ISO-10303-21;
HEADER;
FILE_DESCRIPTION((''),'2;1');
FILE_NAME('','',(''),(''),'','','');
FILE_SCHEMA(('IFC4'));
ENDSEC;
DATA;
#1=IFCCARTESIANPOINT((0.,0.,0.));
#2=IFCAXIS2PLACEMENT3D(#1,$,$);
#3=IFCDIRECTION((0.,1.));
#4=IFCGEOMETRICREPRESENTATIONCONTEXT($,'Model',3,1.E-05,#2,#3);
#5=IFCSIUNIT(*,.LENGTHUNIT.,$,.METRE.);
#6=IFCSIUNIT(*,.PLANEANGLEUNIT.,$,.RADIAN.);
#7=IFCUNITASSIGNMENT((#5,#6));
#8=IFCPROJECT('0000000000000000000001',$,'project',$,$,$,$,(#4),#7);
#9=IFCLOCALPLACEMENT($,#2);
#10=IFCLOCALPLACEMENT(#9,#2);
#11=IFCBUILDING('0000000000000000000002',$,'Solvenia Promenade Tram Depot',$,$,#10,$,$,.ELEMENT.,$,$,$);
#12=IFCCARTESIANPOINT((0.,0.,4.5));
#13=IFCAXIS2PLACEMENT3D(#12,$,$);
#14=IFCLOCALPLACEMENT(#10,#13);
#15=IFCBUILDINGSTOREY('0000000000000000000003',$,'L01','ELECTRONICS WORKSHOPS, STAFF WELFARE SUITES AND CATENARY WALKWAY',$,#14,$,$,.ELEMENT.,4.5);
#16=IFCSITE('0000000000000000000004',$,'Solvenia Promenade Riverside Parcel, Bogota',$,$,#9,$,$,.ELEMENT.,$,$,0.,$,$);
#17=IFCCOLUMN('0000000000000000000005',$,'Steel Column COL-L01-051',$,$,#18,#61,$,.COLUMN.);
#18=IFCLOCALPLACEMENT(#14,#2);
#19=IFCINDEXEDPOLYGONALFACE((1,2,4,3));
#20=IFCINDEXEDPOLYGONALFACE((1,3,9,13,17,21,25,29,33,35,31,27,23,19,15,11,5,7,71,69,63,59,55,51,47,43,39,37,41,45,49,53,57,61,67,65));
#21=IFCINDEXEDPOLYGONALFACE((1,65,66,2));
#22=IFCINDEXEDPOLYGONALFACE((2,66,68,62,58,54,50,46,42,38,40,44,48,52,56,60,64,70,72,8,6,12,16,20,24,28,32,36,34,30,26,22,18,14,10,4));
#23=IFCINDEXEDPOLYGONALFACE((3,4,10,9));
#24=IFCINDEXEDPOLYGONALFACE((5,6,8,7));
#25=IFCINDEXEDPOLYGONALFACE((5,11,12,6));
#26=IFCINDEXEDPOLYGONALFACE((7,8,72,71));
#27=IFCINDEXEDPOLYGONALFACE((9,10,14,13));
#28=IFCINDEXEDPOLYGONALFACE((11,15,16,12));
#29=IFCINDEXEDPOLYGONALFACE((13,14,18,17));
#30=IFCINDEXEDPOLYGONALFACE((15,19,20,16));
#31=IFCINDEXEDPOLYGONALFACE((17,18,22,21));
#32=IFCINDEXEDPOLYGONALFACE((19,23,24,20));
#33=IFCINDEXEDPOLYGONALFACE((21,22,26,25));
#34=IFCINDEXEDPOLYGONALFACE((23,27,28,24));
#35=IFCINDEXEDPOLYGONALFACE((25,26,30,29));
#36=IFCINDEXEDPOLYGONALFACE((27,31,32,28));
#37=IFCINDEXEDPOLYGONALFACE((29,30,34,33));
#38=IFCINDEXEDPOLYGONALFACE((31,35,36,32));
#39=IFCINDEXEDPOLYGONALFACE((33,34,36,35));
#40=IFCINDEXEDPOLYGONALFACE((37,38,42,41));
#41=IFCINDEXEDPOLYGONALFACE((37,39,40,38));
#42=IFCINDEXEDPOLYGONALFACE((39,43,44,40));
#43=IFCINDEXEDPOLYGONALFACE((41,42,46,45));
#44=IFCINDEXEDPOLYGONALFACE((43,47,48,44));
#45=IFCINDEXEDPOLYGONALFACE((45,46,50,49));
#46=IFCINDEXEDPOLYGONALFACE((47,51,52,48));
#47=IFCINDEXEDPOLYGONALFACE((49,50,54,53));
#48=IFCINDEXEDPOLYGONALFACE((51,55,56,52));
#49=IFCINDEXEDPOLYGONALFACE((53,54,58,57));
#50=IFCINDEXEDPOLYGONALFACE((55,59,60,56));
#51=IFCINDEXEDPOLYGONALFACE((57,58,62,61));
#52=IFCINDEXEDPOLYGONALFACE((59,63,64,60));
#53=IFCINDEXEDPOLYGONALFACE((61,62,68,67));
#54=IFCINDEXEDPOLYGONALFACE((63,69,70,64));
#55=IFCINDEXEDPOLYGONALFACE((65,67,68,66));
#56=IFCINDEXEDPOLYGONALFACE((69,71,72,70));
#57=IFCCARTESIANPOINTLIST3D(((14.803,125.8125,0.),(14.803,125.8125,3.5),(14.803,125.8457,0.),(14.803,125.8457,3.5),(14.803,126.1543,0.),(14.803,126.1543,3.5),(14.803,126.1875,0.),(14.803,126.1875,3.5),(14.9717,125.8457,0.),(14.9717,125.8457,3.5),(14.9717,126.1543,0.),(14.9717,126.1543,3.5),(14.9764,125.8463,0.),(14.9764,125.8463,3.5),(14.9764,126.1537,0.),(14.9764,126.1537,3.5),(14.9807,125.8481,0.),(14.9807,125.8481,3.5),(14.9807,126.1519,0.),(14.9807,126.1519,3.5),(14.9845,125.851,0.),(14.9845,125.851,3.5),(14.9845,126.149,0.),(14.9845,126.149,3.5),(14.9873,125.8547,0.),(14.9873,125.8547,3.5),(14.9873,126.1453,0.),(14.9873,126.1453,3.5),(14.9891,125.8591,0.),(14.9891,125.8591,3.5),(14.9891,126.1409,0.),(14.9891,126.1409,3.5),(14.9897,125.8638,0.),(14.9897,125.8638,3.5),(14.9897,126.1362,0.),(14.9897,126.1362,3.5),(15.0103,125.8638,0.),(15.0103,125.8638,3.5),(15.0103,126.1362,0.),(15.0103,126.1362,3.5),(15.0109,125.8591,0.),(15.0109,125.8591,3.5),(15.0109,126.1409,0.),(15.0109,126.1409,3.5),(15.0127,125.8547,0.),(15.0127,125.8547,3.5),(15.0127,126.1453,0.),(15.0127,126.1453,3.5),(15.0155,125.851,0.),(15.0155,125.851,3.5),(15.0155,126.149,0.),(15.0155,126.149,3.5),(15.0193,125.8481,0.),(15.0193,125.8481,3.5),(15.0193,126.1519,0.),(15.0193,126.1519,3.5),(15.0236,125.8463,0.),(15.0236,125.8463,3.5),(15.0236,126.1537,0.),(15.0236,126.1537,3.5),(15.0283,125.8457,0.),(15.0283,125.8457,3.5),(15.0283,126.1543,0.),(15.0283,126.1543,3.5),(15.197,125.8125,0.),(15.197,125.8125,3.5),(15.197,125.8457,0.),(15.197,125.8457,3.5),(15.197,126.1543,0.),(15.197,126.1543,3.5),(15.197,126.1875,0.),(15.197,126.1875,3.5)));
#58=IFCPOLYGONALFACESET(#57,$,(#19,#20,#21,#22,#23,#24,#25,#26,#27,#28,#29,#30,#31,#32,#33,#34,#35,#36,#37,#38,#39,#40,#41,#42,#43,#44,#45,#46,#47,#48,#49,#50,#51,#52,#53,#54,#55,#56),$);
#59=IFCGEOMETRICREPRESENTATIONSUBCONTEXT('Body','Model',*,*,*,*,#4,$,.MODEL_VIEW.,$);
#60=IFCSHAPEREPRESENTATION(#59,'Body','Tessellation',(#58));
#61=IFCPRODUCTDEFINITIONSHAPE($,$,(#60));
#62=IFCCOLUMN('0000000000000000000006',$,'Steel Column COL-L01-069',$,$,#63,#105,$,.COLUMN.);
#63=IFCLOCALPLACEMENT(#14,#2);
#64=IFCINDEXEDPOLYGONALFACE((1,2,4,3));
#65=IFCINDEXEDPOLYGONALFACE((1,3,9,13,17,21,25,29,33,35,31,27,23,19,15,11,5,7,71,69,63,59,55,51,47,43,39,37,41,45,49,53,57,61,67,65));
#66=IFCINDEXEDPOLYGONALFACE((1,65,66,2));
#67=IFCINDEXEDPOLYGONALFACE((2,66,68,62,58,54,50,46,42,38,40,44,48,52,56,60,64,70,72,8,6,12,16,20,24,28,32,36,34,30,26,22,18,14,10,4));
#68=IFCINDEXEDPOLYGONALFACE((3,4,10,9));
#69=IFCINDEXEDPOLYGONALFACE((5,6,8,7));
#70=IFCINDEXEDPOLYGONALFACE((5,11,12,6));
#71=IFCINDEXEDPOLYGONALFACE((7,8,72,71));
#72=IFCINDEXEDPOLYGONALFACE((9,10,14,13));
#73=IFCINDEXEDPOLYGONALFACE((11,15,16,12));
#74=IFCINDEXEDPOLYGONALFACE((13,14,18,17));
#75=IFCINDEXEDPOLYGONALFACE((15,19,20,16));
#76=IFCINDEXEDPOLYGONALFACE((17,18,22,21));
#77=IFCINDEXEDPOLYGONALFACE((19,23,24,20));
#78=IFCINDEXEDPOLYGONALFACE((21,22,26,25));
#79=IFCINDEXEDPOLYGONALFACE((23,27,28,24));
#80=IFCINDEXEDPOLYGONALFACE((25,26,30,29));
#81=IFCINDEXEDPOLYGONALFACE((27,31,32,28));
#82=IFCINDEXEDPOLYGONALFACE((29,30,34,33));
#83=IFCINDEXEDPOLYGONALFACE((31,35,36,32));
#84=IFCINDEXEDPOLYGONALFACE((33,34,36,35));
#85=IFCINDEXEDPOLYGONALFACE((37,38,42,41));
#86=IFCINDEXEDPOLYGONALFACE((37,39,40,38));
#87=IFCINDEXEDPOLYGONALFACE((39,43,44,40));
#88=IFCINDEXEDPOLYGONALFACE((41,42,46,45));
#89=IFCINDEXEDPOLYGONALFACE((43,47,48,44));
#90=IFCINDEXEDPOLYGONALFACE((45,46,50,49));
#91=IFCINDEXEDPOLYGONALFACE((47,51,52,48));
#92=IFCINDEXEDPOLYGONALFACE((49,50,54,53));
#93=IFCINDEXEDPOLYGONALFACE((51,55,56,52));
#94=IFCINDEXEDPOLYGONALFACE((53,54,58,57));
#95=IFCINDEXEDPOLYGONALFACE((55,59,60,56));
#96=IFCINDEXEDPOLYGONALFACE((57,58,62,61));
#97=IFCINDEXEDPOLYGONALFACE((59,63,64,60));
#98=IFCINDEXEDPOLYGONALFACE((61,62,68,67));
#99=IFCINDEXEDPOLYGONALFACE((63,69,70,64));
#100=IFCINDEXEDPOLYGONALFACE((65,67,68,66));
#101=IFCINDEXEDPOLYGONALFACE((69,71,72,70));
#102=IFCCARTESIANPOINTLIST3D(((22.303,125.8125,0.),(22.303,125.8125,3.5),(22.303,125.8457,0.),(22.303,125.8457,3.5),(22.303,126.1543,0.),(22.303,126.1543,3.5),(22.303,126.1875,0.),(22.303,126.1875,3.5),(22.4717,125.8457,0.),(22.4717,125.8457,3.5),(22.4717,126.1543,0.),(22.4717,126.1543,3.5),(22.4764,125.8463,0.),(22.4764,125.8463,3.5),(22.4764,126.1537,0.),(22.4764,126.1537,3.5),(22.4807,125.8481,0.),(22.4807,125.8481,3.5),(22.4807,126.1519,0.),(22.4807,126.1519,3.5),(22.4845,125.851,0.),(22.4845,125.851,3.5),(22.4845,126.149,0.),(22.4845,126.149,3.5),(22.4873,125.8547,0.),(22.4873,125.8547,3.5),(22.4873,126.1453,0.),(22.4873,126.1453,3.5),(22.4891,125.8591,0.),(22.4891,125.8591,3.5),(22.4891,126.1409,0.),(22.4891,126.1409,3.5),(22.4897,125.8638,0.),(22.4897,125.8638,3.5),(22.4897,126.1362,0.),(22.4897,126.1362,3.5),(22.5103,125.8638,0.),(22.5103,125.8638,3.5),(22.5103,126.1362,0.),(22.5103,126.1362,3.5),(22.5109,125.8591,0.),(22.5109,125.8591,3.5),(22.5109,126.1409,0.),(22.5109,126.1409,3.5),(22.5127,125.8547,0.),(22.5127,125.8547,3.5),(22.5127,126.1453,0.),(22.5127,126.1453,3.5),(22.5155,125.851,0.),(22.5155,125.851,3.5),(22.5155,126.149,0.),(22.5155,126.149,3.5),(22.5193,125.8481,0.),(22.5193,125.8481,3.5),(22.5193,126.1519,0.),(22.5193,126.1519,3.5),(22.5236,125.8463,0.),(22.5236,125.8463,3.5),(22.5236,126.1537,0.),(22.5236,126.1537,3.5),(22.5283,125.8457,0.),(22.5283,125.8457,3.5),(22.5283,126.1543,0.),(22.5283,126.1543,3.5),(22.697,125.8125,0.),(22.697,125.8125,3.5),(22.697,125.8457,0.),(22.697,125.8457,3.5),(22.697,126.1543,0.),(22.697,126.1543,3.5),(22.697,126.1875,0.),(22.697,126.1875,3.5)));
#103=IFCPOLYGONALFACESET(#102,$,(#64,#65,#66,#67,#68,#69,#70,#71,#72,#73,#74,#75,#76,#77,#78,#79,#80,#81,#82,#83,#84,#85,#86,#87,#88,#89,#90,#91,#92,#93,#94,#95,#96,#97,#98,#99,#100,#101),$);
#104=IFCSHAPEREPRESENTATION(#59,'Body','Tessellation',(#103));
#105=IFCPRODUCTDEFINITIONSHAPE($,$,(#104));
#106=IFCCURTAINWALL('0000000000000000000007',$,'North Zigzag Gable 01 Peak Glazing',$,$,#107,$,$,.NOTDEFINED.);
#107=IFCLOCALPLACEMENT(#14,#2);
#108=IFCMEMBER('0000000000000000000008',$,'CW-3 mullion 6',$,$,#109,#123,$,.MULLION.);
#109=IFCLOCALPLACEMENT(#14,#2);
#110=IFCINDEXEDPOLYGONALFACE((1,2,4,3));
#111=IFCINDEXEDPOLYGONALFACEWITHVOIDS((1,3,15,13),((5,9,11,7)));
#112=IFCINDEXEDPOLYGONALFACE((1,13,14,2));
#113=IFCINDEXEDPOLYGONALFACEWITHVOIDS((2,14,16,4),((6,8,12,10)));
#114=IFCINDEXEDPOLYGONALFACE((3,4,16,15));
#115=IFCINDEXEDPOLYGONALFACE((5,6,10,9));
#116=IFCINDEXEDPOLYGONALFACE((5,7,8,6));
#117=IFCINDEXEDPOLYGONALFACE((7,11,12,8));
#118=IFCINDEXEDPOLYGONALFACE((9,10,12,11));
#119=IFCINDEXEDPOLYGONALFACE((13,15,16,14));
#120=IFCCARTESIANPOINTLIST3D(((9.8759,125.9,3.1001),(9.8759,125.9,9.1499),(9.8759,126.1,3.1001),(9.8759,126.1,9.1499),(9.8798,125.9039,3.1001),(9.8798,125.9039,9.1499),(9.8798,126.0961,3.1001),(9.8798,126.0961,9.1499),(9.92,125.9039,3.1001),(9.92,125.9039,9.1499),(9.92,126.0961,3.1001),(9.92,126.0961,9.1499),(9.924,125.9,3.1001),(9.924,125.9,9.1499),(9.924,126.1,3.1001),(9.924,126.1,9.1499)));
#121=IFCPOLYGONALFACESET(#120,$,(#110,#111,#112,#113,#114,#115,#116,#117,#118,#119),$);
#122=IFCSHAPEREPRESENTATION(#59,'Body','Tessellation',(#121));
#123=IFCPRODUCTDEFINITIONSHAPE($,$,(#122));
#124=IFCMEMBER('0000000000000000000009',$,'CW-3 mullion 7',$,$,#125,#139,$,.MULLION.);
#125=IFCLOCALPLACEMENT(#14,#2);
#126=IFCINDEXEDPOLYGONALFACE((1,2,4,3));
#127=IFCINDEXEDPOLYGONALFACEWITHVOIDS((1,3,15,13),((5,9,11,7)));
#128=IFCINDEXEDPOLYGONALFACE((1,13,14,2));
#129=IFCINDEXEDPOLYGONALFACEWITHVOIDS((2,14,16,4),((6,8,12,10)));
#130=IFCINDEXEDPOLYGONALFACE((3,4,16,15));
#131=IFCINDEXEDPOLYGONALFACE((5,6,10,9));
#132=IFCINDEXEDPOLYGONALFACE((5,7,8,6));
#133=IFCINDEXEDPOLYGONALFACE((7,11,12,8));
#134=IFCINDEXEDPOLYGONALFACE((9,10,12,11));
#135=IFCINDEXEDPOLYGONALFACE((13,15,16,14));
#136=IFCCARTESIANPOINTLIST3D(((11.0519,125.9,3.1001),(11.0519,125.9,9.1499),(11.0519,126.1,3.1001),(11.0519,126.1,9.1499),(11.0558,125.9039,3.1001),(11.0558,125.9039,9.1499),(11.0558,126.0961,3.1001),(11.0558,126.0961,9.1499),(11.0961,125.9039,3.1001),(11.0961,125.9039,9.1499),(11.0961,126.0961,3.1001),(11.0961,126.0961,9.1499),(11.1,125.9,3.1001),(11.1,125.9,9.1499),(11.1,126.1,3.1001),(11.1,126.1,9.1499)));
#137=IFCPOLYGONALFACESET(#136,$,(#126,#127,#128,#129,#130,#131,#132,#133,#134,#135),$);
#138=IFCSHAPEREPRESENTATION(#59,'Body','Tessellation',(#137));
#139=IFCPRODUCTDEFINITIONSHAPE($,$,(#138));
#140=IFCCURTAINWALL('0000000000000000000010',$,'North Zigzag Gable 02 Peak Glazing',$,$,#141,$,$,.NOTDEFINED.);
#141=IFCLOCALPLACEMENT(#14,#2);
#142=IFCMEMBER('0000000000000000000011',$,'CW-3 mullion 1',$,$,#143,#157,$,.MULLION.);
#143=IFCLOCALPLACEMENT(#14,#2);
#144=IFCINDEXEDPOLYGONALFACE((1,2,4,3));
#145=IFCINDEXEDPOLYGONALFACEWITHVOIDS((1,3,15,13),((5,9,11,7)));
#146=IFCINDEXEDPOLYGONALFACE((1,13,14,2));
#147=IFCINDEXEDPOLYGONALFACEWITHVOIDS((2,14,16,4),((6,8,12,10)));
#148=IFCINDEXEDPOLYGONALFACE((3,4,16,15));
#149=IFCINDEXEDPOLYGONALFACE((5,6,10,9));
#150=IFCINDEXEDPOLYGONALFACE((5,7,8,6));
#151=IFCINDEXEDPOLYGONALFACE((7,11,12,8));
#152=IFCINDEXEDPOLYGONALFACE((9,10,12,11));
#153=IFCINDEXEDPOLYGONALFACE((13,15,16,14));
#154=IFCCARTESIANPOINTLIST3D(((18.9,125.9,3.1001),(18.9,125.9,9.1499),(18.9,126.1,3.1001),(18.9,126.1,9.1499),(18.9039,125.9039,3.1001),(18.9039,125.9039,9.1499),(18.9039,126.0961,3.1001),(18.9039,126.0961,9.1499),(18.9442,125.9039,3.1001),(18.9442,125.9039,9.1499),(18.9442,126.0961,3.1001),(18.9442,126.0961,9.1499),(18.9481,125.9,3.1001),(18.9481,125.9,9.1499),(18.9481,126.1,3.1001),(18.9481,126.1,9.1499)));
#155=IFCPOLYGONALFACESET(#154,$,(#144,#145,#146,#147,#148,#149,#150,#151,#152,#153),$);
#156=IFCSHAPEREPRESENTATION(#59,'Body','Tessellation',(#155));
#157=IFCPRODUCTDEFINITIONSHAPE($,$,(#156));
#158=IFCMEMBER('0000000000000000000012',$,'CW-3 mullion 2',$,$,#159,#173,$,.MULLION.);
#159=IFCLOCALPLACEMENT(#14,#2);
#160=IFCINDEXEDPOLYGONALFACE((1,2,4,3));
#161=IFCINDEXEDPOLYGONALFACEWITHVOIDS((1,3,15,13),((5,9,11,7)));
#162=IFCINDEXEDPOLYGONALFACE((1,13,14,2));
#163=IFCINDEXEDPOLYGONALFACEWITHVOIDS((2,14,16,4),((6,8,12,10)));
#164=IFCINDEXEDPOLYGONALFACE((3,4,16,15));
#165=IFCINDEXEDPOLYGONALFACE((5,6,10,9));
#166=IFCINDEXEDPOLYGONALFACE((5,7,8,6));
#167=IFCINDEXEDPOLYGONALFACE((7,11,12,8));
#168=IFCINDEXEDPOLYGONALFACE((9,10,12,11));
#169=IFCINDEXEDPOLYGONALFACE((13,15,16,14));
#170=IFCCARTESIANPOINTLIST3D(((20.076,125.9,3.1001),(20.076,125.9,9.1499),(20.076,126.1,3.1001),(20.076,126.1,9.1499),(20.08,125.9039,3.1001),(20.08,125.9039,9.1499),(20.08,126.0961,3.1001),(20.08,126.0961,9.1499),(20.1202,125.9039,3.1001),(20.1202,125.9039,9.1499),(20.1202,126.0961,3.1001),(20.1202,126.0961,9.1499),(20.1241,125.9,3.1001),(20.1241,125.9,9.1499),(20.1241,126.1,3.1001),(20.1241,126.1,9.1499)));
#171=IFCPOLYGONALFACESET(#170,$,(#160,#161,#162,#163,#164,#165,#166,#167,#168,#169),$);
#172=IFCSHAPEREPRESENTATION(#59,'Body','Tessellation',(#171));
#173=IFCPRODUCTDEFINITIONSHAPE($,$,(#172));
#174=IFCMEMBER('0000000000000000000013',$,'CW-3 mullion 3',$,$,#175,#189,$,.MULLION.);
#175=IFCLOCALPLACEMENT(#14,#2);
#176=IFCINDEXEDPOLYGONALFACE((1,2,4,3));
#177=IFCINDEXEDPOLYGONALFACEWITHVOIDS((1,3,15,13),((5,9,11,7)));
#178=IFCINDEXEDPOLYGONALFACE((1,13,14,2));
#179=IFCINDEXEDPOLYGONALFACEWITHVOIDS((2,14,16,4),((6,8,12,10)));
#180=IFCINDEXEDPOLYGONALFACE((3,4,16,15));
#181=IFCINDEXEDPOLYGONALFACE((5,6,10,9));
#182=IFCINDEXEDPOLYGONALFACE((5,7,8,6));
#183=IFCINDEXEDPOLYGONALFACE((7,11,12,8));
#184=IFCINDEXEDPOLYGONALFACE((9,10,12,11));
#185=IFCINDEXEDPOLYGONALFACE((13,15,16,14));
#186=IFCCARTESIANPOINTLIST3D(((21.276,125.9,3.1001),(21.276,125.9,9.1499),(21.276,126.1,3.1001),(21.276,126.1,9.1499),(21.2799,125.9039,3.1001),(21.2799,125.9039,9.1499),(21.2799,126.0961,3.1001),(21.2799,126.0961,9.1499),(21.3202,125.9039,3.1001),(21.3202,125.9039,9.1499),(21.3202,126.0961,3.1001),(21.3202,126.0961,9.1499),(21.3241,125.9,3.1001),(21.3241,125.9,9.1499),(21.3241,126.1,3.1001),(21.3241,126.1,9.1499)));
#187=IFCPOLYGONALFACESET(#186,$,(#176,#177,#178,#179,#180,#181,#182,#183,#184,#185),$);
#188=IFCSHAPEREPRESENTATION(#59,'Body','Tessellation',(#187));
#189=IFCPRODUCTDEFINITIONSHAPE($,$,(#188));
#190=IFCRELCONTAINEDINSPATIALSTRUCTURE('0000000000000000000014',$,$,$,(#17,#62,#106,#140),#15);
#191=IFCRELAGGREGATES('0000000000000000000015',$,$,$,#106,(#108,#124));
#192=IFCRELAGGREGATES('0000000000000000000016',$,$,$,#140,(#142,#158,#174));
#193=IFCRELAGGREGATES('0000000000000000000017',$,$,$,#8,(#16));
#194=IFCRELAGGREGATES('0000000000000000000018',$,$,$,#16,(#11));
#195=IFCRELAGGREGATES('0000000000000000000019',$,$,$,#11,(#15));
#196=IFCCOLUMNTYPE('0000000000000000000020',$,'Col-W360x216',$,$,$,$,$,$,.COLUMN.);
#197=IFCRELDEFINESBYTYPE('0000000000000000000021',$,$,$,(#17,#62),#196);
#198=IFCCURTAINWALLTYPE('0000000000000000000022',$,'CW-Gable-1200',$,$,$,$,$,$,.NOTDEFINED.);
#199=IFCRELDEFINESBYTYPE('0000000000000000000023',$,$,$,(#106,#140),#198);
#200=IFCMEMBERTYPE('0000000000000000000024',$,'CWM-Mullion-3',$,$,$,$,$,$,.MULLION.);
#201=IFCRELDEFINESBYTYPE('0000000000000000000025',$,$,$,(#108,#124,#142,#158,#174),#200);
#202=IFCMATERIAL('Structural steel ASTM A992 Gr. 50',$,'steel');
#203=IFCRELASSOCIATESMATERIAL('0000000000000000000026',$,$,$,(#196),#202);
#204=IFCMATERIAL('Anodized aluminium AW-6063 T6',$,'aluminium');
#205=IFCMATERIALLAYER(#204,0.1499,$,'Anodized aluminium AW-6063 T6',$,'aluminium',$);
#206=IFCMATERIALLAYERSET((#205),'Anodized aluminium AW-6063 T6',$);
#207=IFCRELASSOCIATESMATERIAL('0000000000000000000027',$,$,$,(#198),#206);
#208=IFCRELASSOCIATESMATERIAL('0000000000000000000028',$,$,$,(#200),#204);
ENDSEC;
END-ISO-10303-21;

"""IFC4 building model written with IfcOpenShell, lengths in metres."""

from ifc_helpers import new_model, si_unit, direction, frame, origin, origin_2d, place, context, subcontext, project, spatial, hollow_rectangle, i_section, extrude, material, layer, layer_set, material_profile, profile_set, type_object, element, aggregate, save


model = new_model("IFC4")

# Units and contexts
model_context = context("Model", 3, precision=1e-05, world=origin(), true_north=direction((0.0, 1.0)))
body_context = subcontext(model_context, "Body", "Model", "MODEL_VIEW")
ifc_project = project(units=[si_unit("LENGTHUNIT", "METRE"), si_unit("PLANEANGLEUNIT", "RADIAN")], contexts=[model_context])

# Site, building, storey
site_placement = place(None, origin())
site = spatial("IfcSite", under=ifc_project, at=site_placement, Name="Solvenia Promenade Riverside Parcel, Bogota", CompositionType="ELEMENT", RefElevation=0.0)
building_placement = place(site_placement, origin())
building = spatial("IfcBuilding", under=site, at=building_placement, Name="Solvenia Promenade Tram Depot", CompositionType="ELEMENT")
storey_placement = place(building_placement, frame((0.0, 0.0, 4.5)))
storey = spatial("IfcBuildingStorey", under=building, at=storey_placement, Name="L01", Description="ELECTRONICS WORKSHOPS, STAFF WELFARE SUITES AND CATENARY WALKWAY", CompositionType="ELEMENT", Elevation=4.5)

# Columns
ifc_material_1 = material(Name="Structural steel ASTM A992 Gr. 50", Category="steel")
ifc_material_profile_1 = material_profile(ifc_material_1, i_section(OverallWidth=0.394, OverallDepth=0.375, WebThickness=0.0205, FlangeThickness=0.0332, FilletRadius=0.0181, at=origin_2d()), Name="W360x216", Category="steel")
ifc_profile_set_1 = profile_set([ifc_material_profile_1], Name="Structural steel ASTM A992 Gr. 50")
column_type = type_object("IfcColumnType", Name="Col-W360x216", PredefinedType="COLUMN", material=ifc_profile_set_1)
for number, where, z_axis, x_axis, name in (
    (1, (15.0, 126.0, 0.0), (0.0, 0.0, 1.0), (1.0, 0.0, 0.0), "Steel Column COL-L01-051"),
    (2, (22.5, 126.0, 0.0), (0.0, 0.0, 1.0), (1.0, 0.0, 0.0), "Steel Column COL-L01-069"),
):
    element("IfcColumn", number, at=place(storey_placement, frame(where, z_axis=z_axis, x_axis=x_axis)), inside=storey, type_object=column_type, Name=name, PredefinedType="COLUMN", context=body_context, shape_type="SweptSolid", body=[
        extrude(i_section(OverallWidth=0.394, OverallDepth=0.375, WebThickness=0.0205, FlangeThickness=0.0332, FilletRadius=0.0181, at=origin_2d()), origin(), (0.0, 0.0, 1.0), 3.5),
    ])

# Curtain walls, members
ifc_material_2 = material(Name="Anodized aluminium AW-6063 T6", Category="aluminium")
ifc_layer_1 = layer(ifc_material_2, 0.1499, Name="Anodized aluminium AW-6063 T6", Category="aluminium")
ifc_layer_set_1 = layer_set([ifc_layer_1], Name="Anodized aluminium AW-6063 T6")
curtain_wall_type = type_object("IfcCurtainWallType", Name="CW-Gable-1200", PredefinedType="NOTDEFINED", material=ifc_layer_set_1)
curtain_wall_1_placement = place(storey_placement, origin())
curtain_wall_1 = element("IfcCurtainWall", 3, at=curtain_wall_1_placement, inside=storey, type_object=curtain_wall_type, Name="North Zigzag Gable 01 Peak Glazing", PredefinedType="NOTDEFINED")
ifc_material_profile_2 = material_profile(ifc_material_2, hollow_rectangle(XDim=0.2, YDim=0.0481, WallThickness=0.0039, at=origin_2d()), Name="ALU-M3", Category="aluminium")
ifc_profile_set_2 = profile_set([ifc_material_profile_2], Name="Anodized aluminium AW-6063 T6")
member_type_1 = type_object("IfcMemberType", Name="CWM-Mullion-3", PredefinedType="MULLION", material=ifc_profile_set_2)
member_1_placement = place(storey_placement, frame((9.8999, 126.0, 3.1001), z_axis=(0.0, 0.0, 1.0), x_axis=(0.0, 1.0, 0.0)))
member_1 = element("IfcMember", 4, at=member_1_placement, type_object=member_type_1, Name="CW-3 mullion 6", PredefinedType="MULLION", context=body_context, shape_type="SweptSolid", body=[
    extrude(hollow_rectangle(XDim=0.2, YDim=0.0481, WallThickness=0.0039, at=origin_2d()), origin(), (0.0, 0.0, 1.0), 6.0498),
])
member_2_placement = place(storey_placement, frame((11.0759, 126.0, 3.1001), z_axis=(0.0, 0.0, 1.0), x_axis=(0.0, 1.0, 0.0)))
member_2 = element("IfcMember", 5, at=member_2_placement, type_object=member_type_1, Name="CW-3 mullion 7", PredefinedType="MULLION", context=body_context, shape_type="SweptSolid", body=[
    extrude(hollow_rectangle(XDim=0.2, YDim=0.0481, WallThickness=0.0039, at=origin_2d()), origin(), (0.0, 0.0, 1.0), 6.0498),
])
curtain_wall_2_placement = place(storey_placement, origin())
curtain_wall_2 = element("IfcCurtainWall", 6, at=curtain_wall_2_placement, inside=storey, type_object=curtain_wall_type, Name="North Zigzag Gable 02 Peak Glazing", PredefinedType="NOTDEFINED")
member_3_placement = place(storey_placement, frame((18.9241, 126.0, 3.1001), z_axis=(0.0, 0.0, 1.0), x_axis=(0.0, 1.0, 0.0)))
member_3 = element("IfcMember", 7, at=member_3_placement, type_object=member_type_1, Name="CW-3 mullion 1", PredefinedType="MULLION", context=body_context, shape_type="SweptSolid", body=[
    extrude(hollow_rectangle(XDim=0.2, YDim=0.0481, WallThickness=0.0039, at=origin_2d()), origin(), (0.0, 0.0, 1.0), 6.0498),
])
member_4_placement = place(storey_placement, frame((20.1001, 126.0, 3.1001), z_axis=(0.0, 0.0, 1.0), x_axis=(0.0, 1.0, 0.0)))
member_4 = element("IfcMember", 8, at=member_4_placement, type_object=member_type_1, Name="CW-3 mullion 2", PredefinedType="MULLION", context=body_context, shape_type="SweptSolid", body=[
    extrude(hollow_rectangle(XDim=0.2, YDim=0.0481, WallThickness=0.0039, at=origin_2d()), origin(), (0.0, 0.0, 1.0), 6.0498),
])
member_5_placement = place(storey_placement, frame((21.3, 126.0, 3.1001), z_axis=(0.0, 0.0, 1.0), x_axis=(0.0, 1.0, 0.0)))
member_5 = element("IfcMember", 9, at=member_5_placement, type_object=member_type_1, Name="CW-3 mullion 3", PredefinedType="MULLION", context=body_context, shape_type="SweptSolid", body=[
    extrude(hollow_rectangle(XDim=0.2, YDim=0.0481, WallThickness=0.0039, at=origin_2d()), origin(), (0.0, 0.0, 1.0), 6.0498),
])

aggregate(curtain_wall_1, [member_1, member_2])
aggregate(curtain_wall_2, [member_3, member_4, member_5])

save(model, "model.ifc")
